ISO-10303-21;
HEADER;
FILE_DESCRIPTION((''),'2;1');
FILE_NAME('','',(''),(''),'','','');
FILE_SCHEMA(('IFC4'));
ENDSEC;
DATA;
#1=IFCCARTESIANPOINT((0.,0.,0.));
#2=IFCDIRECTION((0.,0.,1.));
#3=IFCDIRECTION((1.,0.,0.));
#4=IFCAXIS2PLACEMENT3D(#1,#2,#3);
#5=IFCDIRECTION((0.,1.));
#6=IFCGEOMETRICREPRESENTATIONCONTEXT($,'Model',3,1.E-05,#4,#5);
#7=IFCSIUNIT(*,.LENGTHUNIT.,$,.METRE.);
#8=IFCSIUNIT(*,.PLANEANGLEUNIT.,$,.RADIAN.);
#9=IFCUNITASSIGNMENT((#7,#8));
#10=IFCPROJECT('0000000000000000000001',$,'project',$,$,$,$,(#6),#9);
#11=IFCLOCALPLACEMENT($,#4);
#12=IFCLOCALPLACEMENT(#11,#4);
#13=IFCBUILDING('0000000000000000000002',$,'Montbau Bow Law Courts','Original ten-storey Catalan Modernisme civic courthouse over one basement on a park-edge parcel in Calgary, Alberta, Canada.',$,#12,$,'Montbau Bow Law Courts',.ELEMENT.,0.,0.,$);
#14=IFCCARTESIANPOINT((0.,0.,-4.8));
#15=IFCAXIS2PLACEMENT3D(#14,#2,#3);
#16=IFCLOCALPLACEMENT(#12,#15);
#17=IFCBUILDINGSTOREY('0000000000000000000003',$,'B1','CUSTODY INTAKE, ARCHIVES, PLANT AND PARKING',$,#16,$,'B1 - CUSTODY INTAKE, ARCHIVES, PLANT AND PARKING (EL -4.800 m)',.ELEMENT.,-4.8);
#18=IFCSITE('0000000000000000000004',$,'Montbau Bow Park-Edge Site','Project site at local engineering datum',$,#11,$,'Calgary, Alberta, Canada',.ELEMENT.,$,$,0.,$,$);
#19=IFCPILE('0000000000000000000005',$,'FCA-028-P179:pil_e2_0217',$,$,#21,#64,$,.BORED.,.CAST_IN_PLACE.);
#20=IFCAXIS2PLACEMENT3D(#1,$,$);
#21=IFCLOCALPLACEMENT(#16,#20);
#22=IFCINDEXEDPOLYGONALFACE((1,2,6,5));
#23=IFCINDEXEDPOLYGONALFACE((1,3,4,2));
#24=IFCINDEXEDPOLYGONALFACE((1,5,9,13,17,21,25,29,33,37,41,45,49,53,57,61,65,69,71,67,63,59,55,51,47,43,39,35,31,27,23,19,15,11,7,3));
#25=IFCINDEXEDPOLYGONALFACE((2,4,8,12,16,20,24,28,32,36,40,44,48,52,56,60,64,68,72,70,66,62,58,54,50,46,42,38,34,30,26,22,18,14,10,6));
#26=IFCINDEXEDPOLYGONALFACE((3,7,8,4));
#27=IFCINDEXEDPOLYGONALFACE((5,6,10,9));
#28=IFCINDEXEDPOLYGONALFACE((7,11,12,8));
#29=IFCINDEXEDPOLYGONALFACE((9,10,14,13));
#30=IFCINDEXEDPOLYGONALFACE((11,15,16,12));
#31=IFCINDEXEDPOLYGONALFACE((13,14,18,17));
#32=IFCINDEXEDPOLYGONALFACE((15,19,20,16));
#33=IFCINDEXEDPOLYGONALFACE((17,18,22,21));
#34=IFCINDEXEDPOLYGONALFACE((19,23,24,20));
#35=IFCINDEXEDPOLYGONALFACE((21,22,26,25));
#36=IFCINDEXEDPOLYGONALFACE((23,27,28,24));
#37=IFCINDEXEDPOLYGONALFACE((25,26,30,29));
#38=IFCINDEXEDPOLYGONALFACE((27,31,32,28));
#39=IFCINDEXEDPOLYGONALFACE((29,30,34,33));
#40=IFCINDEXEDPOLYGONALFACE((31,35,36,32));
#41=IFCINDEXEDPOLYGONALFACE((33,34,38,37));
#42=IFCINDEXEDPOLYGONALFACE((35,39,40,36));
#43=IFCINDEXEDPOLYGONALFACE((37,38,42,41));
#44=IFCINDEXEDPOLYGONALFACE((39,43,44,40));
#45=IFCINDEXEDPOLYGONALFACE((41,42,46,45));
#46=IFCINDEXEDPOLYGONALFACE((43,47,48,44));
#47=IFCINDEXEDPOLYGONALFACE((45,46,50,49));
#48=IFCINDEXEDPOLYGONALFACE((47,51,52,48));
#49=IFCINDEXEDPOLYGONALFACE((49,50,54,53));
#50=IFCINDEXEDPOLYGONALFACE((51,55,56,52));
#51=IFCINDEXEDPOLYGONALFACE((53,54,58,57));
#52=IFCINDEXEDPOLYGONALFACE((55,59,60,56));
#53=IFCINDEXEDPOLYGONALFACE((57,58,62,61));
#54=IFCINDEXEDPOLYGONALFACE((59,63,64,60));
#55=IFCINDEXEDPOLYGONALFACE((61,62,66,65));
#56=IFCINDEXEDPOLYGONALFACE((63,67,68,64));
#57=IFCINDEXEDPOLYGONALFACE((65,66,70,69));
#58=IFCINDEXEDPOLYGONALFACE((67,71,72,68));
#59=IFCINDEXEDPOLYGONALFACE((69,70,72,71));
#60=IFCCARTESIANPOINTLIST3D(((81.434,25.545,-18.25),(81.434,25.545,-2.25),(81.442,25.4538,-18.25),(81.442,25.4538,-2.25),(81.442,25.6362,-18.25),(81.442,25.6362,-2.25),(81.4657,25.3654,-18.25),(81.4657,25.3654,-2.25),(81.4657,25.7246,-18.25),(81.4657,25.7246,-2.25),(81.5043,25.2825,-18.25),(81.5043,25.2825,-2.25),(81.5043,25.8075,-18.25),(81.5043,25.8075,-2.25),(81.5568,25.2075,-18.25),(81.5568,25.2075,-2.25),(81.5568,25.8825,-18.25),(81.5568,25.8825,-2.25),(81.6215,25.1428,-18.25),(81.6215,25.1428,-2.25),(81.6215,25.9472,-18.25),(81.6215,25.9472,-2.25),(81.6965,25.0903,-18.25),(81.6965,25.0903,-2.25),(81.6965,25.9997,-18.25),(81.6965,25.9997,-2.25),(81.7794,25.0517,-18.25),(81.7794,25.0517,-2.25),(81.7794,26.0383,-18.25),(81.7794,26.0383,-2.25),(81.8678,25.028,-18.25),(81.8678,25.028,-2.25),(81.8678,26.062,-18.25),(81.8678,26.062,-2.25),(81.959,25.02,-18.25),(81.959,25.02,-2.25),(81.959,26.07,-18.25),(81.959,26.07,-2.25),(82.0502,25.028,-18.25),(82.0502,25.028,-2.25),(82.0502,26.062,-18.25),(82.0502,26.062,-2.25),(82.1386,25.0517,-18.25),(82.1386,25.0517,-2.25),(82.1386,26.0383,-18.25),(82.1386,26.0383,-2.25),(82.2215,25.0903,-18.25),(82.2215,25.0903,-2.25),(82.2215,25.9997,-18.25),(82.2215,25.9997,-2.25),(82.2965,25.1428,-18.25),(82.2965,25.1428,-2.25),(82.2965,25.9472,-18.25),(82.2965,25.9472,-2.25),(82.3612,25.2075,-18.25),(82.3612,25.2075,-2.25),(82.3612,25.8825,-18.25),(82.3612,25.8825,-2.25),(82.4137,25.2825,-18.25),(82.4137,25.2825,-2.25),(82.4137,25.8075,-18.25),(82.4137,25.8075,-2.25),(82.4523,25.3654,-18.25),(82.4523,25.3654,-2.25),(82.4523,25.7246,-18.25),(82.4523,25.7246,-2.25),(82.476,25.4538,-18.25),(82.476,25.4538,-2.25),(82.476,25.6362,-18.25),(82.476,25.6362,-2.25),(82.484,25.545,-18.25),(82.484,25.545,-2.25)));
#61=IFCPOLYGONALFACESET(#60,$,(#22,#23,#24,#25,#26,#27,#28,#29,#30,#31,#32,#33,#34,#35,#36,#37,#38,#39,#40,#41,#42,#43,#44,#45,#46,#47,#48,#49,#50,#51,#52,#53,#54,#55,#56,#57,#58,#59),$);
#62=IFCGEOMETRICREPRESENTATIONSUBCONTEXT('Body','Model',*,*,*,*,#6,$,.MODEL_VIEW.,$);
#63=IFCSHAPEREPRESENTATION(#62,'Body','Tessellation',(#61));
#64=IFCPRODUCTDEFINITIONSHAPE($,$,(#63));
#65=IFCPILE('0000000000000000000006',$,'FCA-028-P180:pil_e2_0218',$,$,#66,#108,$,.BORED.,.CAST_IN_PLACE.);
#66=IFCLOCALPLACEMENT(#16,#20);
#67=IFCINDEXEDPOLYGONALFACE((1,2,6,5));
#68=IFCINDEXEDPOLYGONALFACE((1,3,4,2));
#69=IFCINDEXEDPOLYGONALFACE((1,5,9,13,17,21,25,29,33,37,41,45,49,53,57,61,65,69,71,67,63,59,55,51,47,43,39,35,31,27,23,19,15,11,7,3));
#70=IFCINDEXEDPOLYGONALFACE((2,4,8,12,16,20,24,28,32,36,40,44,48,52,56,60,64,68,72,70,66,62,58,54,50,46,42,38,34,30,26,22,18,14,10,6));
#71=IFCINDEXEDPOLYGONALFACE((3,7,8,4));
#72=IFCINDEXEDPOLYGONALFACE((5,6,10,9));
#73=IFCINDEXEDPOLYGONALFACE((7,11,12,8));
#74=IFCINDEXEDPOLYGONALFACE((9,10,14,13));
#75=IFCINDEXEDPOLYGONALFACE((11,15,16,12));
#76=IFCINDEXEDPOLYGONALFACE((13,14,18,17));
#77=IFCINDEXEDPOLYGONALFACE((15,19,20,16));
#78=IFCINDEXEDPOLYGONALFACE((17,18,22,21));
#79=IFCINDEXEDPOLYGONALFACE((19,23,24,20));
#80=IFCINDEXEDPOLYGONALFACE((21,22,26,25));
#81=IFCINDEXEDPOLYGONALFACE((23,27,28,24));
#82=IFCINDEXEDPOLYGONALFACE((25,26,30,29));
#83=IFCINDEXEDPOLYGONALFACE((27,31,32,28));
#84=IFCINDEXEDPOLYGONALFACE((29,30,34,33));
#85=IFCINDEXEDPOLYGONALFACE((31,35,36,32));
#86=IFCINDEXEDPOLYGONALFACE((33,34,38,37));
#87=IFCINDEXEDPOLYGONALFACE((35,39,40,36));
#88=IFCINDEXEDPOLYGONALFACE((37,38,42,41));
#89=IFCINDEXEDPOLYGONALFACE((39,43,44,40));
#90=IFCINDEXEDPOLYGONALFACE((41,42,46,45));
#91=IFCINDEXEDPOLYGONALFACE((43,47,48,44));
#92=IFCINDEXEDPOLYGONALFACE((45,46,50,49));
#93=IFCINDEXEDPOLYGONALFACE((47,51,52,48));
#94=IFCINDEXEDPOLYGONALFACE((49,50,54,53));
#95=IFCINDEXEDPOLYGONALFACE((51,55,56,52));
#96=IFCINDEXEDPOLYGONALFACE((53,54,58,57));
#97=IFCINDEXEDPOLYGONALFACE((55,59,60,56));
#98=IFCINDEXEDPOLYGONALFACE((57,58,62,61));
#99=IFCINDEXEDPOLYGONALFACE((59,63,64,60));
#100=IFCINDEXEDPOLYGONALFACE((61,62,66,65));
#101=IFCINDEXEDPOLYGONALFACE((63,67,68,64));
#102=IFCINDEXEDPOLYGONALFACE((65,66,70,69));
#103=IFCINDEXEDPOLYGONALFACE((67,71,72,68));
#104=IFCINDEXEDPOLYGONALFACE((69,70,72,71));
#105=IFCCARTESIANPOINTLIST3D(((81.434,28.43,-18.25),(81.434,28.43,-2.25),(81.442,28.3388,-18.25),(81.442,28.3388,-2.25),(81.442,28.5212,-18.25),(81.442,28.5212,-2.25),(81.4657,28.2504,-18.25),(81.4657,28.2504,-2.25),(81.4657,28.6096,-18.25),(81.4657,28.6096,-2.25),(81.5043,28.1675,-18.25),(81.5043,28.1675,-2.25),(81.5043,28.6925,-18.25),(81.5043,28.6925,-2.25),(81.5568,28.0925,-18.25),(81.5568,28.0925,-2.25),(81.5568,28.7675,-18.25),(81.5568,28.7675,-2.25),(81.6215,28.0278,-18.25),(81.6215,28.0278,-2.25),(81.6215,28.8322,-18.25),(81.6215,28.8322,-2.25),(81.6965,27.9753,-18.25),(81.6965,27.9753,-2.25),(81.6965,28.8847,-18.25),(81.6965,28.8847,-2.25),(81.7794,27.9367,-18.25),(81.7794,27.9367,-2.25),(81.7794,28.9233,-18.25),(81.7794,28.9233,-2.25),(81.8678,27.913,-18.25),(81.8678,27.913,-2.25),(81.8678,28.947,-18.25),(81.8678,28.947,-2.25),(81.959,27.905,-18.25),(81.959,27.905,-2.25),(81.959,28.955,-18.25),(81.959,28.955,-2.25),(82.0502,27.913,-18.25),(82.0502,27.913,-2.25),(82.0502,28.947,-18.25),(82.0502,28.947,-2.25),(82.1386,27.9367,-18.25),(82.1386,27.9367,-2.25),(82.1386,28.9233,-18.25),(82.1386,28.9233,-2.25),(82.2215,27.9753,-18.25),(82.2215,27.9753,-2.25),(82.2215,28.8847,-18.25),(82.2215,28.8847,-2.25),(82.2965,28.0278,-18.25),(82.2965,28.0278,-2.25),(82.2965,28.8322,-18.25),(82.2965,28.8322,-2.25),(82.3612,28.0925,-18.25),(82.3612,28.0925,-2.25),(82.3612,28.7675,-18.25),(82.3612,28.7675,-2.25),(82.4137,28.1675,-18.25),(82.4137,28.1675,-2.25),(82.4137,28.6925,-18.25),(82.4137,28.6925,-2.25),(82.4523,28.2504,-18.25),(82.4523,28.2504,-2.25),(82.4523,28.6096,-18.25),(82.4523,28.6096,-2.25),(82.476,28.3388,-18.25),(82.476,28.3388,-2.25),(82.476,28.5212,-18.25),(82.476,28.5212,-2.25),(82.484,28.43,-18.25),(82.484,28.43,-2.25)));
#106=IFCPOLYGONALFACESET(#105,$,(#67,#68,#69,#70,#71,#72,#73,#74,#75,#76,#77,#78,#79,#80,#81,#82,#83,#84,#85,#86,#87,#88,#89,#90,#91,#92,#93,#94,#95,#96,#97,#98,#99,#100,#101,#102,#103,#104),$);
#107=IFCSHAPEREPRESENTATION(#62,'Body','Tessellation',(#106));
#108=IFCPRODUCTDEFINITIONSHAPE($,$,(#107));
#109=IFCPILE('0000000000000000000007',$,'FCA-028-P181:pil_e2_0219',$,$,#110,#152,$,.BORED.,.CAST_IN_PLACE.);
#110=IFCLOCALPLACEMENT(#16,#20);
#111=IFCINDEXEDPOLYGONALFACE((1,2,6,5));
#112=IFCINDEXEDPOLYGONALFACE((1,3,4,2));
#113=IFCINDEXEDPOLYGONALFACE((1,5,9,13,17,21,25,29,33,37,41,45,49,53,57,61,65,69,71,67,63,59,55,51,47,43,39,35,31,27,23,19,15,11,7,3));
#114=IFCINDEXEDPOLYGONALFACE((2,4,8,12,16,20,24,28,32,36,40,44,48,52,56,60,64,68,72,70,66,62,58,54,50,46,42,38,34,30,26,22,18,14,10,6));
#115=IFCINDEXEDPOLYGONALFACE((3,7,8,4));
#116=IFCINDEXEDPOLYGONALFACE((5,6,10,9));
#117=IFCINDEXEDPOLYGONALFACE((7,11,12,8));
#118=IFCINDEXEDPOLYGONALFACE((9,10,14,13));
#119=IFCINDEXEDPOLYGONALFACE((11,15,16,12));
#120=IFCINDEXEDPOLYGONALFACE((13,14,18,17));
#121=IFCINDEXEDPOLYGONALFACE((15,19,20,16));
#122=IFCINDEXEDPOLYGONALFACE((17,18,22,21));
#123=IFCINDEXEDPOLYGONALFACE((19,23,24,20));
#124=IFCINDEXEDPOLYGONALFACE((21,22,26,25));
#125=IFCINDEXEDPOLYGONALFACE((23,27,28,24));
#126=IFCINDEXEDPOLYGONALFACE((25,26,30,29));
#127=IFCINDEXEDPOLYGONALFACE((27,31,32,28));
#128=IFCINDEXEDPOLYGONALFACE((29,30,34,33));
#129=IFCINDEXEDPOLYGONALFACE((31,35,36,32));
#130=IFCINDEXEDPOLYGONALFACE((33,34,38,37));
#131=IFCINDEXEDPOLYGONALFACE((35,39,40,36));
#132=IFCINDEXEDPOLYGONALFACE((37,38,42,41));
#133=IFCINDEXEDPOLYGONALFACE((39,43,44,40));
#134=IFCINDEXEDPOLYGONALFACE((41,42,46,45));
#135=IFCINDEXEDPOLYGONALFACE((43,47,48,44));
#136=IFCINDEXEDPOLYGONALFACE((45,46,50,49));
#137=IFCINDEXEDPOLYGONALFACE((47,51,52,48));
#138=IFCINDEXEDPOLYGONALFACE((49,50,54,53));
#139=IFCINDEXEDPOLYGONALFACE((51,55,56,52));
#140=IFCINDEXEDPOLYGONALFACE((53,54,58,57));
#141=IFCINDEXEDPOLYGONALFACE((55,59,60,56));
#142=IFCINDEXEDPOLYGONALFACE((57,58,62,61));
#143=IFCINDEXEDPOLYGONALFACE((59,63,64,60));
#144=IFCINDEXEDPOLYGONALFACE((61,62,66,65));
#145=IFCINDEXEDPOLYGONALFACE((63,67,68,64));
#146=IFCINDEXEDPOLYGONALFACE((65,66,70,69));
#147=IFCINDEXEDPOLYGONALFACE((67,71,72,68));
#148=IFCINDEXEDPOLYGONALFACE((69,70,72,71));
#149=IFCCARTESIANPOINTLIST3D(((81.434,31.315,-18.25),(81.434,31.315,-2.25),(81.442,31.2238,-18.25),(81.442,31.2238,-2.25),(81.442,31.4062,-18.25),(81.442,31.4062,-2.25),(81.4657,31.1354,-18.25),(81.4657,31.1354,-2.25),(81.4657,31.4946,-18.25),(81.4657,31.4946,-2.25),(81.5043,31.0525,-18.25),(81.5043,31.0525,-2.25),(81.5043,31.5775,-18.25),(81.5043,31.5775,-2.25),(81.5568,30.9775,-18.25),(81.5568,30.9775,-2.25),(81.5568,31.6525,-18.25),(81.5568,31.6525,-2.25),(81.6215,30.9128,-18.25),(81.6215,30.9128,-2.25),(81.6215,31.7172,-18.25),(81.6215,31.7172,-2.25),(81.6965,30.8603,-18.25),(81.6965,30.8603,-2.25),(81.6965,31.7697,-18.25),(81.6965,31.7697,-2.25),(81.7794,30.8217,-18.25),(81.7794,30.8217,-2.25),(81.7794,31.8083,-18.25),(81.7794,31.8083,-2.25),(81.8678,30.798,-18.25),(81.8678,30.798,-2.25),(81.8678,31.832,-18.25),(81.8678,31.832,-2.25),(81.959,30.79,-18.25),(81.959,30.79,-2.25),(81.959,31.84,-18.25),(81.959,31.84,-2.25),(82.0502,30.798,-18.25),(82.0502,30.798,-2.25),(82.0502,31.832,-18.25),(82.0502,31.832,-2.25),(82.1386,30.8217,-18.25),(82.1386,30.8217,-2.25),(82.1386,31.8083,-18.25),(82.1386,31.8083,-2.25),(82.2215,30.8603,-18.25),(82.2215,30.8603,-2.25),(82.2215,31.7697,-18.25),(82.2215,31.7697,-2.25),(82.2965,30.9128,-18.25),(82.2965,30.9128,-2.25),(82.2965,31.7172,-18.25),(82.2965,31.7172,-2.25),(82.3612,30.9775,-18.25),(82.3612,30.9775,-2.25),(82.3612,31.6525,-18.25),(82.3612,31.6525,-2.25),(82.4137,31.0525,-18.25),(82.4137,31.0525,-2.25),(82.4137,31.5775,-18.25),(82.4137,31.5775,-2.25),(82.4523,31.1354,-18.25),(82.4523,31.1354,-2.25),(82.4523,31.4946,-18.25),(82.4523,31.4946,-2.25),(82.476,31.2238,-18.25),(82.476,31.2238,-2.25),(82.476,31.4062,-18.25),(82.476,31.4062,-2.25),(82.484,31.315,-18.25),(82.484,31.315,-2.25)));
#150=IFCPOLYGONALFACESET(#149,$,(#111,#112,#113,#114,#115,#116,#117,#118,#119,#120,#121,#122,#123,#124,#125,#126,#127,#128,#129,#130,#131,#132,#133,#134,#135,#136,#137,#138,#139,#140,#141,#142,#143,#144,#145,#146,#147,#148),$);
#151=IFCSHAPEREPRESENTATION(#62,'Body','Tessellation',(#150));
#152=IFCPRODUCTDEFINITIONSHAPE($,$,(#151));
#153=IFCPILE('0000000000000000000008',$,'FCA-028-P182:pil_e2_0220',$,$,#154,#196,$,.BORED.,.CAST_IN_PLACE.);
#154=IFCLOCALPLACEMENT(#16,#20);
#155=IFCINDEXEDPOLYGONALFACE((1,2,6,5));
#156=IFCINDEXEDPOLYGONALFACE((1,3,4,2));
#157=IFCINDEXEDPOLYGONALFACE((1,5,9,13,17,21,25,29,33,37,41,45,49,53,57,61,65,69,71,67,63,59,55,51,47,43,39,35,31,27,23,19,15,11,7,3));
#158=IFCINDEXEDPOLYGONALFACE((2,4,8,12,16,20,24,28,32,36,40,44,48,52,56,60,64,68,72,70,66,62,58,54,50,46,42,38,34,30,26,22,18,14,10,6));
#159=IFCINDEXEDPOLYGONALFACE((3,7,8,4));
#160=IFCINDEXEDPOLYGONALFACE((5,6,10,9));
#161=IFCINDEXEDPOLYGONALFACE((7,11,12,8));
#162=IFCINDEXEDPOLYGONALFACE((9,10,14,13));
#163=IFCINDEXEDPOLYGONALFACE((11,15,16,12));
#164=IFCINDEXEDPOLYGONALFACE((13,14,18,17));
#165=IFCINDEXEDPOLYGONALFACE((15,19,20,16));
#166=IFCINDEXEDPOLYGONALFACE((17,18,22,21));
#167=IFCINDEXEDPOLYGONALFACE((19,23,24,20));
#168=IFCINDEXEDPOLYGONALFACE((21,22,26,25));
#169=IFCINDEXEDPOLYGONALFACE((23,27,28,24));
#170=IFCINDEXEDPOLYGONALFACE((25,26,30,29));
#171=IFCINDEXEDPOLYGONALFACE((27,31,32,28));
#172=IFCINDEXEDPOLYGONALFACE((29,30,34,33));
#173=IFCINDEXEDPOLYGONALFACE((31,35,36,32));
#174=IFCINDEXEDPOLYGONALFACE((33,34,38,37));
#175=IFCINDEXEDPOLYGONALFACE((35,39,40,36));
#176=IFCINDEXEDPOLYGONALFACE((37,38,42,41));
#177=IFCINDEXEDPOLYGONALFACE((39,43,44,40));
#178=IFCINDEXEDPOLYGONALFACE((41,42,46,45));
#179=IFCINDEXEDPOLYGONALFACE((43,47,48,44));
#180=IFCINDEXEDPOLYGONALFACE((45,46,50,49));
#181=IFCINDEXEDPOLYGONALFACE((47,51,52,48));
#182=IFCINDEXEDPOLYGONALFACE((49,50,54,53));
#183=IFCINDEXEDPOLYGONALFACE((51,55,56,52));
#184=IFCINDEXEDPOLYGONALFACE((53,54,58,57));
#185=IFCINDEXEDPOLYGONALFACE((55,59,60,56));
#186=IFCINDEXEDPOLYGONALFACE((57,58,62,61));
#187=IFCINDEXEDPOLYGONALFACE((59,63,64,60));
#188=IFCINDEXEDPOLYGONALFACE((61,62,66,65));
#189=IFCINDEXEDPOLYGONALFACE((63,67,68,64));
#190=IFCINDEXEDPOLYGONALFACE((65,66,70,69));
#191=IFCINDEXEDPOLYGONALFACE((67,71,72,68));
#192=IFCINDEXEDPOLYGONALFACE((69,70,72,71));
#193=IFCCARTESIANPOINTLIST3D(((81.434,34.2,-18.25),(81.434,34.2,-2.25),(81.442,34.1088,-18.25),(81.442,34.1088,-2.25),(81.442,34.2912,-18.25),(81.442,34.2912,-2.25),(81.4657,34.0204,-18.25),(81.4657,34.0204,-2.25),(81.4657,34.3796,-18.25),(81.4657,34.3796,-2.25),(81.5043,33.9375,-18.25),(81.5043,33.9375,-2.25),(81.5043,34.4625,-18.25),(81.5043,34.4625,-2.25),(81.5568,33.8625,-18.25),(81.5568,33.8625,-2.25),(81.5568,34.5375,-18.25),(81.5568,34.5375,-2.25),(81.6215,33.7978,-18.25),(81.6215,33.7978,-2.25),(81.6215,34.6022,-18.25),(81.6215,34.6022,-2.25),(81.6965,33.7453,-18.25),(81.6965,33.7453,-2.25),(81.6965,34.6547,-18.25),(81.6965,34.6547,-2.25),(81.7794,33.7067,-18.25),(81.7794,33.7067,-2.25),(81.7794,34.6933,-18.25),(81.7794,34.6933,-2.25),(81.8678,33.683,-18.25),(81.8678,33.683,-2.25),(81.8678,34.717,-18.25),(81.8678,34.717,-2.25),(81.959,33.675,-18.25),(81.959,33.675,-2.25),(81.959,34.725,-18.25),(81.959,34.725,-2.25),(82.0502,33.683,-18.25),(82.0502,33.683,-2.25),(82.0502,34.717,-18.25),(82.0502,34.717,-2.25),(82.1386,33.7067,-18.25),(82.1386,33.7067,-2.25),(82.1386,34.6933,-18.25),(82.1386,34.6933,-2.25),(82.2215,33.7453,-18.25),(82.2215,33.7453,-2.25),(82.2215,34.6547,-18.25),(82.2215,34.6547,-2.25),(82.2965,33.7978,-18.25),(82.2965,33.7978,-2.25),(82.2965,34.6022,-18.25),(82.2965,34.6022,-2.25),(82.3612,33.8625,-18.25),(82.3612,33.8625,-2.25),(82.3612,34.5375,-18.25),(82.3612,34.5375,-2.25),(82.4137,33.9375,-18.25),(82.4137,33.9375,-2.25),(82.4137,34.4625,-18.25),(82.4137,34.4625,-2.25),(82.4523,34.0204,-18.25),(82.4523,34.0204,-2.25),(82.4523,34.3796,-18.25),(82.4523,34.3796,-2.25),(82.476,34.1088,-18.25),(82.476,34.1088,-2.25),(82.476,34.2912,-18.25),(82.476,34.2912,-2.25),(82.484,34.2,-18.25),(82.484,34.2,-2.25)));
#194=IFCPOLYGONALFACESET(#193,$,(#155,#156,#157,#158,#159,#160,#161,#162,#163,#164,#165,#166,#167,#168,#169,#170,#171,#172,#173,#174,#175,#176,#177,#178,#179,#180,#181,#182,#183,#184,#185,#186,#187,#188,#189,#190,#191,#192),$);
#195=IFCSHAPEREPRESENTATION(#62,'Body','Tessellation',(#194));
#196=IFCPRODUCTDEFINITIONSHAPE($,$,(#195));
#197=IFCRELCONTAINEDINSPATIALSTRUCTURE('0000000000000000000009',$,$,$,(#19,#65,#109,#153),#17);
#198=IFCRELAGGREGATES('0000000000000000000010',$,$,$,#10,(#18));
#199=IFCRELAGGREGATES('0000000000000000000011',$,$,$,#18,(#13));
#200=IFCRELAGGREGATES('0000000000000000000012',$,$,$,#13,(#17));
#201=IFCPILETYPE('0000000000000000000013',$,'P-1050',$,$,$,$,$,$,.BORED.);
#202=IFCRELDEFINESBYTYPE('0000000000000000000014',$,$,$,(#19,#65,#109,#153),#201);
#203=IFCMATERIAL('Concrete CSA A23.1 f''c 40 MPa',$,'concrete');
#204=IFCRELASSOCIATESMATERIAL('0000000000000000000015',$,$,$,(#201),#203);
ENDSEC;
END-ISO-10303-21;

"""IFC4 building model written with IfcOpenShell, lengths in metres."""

from ifc_helpers import new_model, si_unit, direction, frame, origin_with_axes, origin_2d_with_axis, place, context, subcontext, project, spatial, circle, extrude, material, material_profile, profile_set, type_object, element, save


model = new_model("IFC4")

# Units and contexts
model_context = context("Model", 3, precision=1e-05, world=origin_with_axes(), true_north=direction((0.0, 1.0)))
body_context = subcontext(model_context, "Body", "Model", "MODEL_VIEW")
ifc_project = project(units=[si_unit("LENGTHUNIT", "METRE"), si_unit("PLANEANGLEUNIT", "RADIAN")], contexts=[model_context])

# Site, building, storey
site_placement = place(None, origin_with_axes())
site = spatial("IfcSite", under=ifc_project, at=site_placement, Name="Montbau Bow Park-Edge Site", Description="Project site at local engineering datum", LongName="Calgary, Alberta, Canada", CompositionType="ELEMENT", RefElevation=0.0)
building_placement = place(site_placement, origin_with_axes())
building = spatial("IfcBuilding", under=site, at=building_placement, Name="Montbau Bow Law Courts", Description="Original ten-storey Catalan Modernisme civic courthouse over one basement on a park-edge parcel in Calgary, Alberta, Canada.", LongName="Montbau Bow Law Courts", CompositionType="ELEMENT", ElevationOfRefHeight=0.0, ElevationOfTerrain=0.0)
storey_placement = place(building_placement, frame((0.0, 0.0, -4.8), z_axis=(0.0, 0.0, 1.0), x_axis=(1.0, 0.0, 0.0)))
storey = spatial("IfcBuildingStorey", under=building, at=storey_placement, Name="B1", Description="CUSTODY INTAKE, ARCHIVES, PLANT AND PARKING", LongName="B1 - CUSTODY INTAKE, ARCHIVES, PLANT AND PARKING (EL -4.800 m)", CompositionType="ELEMENT", Elevation=-4.8)

# Piles
ifc_material_1 = material(Name="Concrete CSA A23.1 f'c 40 MPa", Category="concrete")
ifc_material_profile_1 = material_profile(ifc_material_1, circle(Radius=0.525, at=origin_2d_with_axis()), Name="BP1050", Category="Main", Priority=0)
ifc_profile_set_1 = profile_set([ifc_material_profile_1], Name="Concrete CSA A23.1 f'c 40 MPa")
pile_type = type_object("IfcPileType", Name="P-1050", PredefinedType="BORED", material=ifc_profile_set_1)
for number, where, z_axis, x_axis, name in (
    (1, (81.959, 25.545, -23.05), (0.0, 0.0, 1.0), (1.0, 0.0, 0.0), "FCA-028-P179:pil_e2_0217"),
    (2, (81.959, 28.43, -23.05), (0.0, 0.0, 1.0), (1.0, 0.0, 0.0), "FCA-028-P180:pil_e2_0218"),
    (3, (81.959, 31.315, -23.05), (0.0, 0.0, 1.0), (1.0, 0.0, 0.0), "FCA-028-P181:pil_e2_0219"),
    (4, (81.959, 34.2, -23.05), (0.0, 0.0, 1.0), (1.0, 0.0, 0.0), "FCA-028-P182:pil_e2_0220"),
):
    element("IfcPile", number, at=place(None, frame(where, z_axis=z_axis, x_axis=x_axis)), inside=storey, type_object=pile_type, Name=name, ConstructionType="CAST_IN_PLACE", PredefinedType="BORED", context=body_context, shape_type="SweptSolid", body=[
        extrude(circle(Radius=0.525, at=origin_2d_with_axis()), origin_with_axes(), (0.0, 0.0, 1.0), 16.0),
    ])

save(model, "model.ifc")
